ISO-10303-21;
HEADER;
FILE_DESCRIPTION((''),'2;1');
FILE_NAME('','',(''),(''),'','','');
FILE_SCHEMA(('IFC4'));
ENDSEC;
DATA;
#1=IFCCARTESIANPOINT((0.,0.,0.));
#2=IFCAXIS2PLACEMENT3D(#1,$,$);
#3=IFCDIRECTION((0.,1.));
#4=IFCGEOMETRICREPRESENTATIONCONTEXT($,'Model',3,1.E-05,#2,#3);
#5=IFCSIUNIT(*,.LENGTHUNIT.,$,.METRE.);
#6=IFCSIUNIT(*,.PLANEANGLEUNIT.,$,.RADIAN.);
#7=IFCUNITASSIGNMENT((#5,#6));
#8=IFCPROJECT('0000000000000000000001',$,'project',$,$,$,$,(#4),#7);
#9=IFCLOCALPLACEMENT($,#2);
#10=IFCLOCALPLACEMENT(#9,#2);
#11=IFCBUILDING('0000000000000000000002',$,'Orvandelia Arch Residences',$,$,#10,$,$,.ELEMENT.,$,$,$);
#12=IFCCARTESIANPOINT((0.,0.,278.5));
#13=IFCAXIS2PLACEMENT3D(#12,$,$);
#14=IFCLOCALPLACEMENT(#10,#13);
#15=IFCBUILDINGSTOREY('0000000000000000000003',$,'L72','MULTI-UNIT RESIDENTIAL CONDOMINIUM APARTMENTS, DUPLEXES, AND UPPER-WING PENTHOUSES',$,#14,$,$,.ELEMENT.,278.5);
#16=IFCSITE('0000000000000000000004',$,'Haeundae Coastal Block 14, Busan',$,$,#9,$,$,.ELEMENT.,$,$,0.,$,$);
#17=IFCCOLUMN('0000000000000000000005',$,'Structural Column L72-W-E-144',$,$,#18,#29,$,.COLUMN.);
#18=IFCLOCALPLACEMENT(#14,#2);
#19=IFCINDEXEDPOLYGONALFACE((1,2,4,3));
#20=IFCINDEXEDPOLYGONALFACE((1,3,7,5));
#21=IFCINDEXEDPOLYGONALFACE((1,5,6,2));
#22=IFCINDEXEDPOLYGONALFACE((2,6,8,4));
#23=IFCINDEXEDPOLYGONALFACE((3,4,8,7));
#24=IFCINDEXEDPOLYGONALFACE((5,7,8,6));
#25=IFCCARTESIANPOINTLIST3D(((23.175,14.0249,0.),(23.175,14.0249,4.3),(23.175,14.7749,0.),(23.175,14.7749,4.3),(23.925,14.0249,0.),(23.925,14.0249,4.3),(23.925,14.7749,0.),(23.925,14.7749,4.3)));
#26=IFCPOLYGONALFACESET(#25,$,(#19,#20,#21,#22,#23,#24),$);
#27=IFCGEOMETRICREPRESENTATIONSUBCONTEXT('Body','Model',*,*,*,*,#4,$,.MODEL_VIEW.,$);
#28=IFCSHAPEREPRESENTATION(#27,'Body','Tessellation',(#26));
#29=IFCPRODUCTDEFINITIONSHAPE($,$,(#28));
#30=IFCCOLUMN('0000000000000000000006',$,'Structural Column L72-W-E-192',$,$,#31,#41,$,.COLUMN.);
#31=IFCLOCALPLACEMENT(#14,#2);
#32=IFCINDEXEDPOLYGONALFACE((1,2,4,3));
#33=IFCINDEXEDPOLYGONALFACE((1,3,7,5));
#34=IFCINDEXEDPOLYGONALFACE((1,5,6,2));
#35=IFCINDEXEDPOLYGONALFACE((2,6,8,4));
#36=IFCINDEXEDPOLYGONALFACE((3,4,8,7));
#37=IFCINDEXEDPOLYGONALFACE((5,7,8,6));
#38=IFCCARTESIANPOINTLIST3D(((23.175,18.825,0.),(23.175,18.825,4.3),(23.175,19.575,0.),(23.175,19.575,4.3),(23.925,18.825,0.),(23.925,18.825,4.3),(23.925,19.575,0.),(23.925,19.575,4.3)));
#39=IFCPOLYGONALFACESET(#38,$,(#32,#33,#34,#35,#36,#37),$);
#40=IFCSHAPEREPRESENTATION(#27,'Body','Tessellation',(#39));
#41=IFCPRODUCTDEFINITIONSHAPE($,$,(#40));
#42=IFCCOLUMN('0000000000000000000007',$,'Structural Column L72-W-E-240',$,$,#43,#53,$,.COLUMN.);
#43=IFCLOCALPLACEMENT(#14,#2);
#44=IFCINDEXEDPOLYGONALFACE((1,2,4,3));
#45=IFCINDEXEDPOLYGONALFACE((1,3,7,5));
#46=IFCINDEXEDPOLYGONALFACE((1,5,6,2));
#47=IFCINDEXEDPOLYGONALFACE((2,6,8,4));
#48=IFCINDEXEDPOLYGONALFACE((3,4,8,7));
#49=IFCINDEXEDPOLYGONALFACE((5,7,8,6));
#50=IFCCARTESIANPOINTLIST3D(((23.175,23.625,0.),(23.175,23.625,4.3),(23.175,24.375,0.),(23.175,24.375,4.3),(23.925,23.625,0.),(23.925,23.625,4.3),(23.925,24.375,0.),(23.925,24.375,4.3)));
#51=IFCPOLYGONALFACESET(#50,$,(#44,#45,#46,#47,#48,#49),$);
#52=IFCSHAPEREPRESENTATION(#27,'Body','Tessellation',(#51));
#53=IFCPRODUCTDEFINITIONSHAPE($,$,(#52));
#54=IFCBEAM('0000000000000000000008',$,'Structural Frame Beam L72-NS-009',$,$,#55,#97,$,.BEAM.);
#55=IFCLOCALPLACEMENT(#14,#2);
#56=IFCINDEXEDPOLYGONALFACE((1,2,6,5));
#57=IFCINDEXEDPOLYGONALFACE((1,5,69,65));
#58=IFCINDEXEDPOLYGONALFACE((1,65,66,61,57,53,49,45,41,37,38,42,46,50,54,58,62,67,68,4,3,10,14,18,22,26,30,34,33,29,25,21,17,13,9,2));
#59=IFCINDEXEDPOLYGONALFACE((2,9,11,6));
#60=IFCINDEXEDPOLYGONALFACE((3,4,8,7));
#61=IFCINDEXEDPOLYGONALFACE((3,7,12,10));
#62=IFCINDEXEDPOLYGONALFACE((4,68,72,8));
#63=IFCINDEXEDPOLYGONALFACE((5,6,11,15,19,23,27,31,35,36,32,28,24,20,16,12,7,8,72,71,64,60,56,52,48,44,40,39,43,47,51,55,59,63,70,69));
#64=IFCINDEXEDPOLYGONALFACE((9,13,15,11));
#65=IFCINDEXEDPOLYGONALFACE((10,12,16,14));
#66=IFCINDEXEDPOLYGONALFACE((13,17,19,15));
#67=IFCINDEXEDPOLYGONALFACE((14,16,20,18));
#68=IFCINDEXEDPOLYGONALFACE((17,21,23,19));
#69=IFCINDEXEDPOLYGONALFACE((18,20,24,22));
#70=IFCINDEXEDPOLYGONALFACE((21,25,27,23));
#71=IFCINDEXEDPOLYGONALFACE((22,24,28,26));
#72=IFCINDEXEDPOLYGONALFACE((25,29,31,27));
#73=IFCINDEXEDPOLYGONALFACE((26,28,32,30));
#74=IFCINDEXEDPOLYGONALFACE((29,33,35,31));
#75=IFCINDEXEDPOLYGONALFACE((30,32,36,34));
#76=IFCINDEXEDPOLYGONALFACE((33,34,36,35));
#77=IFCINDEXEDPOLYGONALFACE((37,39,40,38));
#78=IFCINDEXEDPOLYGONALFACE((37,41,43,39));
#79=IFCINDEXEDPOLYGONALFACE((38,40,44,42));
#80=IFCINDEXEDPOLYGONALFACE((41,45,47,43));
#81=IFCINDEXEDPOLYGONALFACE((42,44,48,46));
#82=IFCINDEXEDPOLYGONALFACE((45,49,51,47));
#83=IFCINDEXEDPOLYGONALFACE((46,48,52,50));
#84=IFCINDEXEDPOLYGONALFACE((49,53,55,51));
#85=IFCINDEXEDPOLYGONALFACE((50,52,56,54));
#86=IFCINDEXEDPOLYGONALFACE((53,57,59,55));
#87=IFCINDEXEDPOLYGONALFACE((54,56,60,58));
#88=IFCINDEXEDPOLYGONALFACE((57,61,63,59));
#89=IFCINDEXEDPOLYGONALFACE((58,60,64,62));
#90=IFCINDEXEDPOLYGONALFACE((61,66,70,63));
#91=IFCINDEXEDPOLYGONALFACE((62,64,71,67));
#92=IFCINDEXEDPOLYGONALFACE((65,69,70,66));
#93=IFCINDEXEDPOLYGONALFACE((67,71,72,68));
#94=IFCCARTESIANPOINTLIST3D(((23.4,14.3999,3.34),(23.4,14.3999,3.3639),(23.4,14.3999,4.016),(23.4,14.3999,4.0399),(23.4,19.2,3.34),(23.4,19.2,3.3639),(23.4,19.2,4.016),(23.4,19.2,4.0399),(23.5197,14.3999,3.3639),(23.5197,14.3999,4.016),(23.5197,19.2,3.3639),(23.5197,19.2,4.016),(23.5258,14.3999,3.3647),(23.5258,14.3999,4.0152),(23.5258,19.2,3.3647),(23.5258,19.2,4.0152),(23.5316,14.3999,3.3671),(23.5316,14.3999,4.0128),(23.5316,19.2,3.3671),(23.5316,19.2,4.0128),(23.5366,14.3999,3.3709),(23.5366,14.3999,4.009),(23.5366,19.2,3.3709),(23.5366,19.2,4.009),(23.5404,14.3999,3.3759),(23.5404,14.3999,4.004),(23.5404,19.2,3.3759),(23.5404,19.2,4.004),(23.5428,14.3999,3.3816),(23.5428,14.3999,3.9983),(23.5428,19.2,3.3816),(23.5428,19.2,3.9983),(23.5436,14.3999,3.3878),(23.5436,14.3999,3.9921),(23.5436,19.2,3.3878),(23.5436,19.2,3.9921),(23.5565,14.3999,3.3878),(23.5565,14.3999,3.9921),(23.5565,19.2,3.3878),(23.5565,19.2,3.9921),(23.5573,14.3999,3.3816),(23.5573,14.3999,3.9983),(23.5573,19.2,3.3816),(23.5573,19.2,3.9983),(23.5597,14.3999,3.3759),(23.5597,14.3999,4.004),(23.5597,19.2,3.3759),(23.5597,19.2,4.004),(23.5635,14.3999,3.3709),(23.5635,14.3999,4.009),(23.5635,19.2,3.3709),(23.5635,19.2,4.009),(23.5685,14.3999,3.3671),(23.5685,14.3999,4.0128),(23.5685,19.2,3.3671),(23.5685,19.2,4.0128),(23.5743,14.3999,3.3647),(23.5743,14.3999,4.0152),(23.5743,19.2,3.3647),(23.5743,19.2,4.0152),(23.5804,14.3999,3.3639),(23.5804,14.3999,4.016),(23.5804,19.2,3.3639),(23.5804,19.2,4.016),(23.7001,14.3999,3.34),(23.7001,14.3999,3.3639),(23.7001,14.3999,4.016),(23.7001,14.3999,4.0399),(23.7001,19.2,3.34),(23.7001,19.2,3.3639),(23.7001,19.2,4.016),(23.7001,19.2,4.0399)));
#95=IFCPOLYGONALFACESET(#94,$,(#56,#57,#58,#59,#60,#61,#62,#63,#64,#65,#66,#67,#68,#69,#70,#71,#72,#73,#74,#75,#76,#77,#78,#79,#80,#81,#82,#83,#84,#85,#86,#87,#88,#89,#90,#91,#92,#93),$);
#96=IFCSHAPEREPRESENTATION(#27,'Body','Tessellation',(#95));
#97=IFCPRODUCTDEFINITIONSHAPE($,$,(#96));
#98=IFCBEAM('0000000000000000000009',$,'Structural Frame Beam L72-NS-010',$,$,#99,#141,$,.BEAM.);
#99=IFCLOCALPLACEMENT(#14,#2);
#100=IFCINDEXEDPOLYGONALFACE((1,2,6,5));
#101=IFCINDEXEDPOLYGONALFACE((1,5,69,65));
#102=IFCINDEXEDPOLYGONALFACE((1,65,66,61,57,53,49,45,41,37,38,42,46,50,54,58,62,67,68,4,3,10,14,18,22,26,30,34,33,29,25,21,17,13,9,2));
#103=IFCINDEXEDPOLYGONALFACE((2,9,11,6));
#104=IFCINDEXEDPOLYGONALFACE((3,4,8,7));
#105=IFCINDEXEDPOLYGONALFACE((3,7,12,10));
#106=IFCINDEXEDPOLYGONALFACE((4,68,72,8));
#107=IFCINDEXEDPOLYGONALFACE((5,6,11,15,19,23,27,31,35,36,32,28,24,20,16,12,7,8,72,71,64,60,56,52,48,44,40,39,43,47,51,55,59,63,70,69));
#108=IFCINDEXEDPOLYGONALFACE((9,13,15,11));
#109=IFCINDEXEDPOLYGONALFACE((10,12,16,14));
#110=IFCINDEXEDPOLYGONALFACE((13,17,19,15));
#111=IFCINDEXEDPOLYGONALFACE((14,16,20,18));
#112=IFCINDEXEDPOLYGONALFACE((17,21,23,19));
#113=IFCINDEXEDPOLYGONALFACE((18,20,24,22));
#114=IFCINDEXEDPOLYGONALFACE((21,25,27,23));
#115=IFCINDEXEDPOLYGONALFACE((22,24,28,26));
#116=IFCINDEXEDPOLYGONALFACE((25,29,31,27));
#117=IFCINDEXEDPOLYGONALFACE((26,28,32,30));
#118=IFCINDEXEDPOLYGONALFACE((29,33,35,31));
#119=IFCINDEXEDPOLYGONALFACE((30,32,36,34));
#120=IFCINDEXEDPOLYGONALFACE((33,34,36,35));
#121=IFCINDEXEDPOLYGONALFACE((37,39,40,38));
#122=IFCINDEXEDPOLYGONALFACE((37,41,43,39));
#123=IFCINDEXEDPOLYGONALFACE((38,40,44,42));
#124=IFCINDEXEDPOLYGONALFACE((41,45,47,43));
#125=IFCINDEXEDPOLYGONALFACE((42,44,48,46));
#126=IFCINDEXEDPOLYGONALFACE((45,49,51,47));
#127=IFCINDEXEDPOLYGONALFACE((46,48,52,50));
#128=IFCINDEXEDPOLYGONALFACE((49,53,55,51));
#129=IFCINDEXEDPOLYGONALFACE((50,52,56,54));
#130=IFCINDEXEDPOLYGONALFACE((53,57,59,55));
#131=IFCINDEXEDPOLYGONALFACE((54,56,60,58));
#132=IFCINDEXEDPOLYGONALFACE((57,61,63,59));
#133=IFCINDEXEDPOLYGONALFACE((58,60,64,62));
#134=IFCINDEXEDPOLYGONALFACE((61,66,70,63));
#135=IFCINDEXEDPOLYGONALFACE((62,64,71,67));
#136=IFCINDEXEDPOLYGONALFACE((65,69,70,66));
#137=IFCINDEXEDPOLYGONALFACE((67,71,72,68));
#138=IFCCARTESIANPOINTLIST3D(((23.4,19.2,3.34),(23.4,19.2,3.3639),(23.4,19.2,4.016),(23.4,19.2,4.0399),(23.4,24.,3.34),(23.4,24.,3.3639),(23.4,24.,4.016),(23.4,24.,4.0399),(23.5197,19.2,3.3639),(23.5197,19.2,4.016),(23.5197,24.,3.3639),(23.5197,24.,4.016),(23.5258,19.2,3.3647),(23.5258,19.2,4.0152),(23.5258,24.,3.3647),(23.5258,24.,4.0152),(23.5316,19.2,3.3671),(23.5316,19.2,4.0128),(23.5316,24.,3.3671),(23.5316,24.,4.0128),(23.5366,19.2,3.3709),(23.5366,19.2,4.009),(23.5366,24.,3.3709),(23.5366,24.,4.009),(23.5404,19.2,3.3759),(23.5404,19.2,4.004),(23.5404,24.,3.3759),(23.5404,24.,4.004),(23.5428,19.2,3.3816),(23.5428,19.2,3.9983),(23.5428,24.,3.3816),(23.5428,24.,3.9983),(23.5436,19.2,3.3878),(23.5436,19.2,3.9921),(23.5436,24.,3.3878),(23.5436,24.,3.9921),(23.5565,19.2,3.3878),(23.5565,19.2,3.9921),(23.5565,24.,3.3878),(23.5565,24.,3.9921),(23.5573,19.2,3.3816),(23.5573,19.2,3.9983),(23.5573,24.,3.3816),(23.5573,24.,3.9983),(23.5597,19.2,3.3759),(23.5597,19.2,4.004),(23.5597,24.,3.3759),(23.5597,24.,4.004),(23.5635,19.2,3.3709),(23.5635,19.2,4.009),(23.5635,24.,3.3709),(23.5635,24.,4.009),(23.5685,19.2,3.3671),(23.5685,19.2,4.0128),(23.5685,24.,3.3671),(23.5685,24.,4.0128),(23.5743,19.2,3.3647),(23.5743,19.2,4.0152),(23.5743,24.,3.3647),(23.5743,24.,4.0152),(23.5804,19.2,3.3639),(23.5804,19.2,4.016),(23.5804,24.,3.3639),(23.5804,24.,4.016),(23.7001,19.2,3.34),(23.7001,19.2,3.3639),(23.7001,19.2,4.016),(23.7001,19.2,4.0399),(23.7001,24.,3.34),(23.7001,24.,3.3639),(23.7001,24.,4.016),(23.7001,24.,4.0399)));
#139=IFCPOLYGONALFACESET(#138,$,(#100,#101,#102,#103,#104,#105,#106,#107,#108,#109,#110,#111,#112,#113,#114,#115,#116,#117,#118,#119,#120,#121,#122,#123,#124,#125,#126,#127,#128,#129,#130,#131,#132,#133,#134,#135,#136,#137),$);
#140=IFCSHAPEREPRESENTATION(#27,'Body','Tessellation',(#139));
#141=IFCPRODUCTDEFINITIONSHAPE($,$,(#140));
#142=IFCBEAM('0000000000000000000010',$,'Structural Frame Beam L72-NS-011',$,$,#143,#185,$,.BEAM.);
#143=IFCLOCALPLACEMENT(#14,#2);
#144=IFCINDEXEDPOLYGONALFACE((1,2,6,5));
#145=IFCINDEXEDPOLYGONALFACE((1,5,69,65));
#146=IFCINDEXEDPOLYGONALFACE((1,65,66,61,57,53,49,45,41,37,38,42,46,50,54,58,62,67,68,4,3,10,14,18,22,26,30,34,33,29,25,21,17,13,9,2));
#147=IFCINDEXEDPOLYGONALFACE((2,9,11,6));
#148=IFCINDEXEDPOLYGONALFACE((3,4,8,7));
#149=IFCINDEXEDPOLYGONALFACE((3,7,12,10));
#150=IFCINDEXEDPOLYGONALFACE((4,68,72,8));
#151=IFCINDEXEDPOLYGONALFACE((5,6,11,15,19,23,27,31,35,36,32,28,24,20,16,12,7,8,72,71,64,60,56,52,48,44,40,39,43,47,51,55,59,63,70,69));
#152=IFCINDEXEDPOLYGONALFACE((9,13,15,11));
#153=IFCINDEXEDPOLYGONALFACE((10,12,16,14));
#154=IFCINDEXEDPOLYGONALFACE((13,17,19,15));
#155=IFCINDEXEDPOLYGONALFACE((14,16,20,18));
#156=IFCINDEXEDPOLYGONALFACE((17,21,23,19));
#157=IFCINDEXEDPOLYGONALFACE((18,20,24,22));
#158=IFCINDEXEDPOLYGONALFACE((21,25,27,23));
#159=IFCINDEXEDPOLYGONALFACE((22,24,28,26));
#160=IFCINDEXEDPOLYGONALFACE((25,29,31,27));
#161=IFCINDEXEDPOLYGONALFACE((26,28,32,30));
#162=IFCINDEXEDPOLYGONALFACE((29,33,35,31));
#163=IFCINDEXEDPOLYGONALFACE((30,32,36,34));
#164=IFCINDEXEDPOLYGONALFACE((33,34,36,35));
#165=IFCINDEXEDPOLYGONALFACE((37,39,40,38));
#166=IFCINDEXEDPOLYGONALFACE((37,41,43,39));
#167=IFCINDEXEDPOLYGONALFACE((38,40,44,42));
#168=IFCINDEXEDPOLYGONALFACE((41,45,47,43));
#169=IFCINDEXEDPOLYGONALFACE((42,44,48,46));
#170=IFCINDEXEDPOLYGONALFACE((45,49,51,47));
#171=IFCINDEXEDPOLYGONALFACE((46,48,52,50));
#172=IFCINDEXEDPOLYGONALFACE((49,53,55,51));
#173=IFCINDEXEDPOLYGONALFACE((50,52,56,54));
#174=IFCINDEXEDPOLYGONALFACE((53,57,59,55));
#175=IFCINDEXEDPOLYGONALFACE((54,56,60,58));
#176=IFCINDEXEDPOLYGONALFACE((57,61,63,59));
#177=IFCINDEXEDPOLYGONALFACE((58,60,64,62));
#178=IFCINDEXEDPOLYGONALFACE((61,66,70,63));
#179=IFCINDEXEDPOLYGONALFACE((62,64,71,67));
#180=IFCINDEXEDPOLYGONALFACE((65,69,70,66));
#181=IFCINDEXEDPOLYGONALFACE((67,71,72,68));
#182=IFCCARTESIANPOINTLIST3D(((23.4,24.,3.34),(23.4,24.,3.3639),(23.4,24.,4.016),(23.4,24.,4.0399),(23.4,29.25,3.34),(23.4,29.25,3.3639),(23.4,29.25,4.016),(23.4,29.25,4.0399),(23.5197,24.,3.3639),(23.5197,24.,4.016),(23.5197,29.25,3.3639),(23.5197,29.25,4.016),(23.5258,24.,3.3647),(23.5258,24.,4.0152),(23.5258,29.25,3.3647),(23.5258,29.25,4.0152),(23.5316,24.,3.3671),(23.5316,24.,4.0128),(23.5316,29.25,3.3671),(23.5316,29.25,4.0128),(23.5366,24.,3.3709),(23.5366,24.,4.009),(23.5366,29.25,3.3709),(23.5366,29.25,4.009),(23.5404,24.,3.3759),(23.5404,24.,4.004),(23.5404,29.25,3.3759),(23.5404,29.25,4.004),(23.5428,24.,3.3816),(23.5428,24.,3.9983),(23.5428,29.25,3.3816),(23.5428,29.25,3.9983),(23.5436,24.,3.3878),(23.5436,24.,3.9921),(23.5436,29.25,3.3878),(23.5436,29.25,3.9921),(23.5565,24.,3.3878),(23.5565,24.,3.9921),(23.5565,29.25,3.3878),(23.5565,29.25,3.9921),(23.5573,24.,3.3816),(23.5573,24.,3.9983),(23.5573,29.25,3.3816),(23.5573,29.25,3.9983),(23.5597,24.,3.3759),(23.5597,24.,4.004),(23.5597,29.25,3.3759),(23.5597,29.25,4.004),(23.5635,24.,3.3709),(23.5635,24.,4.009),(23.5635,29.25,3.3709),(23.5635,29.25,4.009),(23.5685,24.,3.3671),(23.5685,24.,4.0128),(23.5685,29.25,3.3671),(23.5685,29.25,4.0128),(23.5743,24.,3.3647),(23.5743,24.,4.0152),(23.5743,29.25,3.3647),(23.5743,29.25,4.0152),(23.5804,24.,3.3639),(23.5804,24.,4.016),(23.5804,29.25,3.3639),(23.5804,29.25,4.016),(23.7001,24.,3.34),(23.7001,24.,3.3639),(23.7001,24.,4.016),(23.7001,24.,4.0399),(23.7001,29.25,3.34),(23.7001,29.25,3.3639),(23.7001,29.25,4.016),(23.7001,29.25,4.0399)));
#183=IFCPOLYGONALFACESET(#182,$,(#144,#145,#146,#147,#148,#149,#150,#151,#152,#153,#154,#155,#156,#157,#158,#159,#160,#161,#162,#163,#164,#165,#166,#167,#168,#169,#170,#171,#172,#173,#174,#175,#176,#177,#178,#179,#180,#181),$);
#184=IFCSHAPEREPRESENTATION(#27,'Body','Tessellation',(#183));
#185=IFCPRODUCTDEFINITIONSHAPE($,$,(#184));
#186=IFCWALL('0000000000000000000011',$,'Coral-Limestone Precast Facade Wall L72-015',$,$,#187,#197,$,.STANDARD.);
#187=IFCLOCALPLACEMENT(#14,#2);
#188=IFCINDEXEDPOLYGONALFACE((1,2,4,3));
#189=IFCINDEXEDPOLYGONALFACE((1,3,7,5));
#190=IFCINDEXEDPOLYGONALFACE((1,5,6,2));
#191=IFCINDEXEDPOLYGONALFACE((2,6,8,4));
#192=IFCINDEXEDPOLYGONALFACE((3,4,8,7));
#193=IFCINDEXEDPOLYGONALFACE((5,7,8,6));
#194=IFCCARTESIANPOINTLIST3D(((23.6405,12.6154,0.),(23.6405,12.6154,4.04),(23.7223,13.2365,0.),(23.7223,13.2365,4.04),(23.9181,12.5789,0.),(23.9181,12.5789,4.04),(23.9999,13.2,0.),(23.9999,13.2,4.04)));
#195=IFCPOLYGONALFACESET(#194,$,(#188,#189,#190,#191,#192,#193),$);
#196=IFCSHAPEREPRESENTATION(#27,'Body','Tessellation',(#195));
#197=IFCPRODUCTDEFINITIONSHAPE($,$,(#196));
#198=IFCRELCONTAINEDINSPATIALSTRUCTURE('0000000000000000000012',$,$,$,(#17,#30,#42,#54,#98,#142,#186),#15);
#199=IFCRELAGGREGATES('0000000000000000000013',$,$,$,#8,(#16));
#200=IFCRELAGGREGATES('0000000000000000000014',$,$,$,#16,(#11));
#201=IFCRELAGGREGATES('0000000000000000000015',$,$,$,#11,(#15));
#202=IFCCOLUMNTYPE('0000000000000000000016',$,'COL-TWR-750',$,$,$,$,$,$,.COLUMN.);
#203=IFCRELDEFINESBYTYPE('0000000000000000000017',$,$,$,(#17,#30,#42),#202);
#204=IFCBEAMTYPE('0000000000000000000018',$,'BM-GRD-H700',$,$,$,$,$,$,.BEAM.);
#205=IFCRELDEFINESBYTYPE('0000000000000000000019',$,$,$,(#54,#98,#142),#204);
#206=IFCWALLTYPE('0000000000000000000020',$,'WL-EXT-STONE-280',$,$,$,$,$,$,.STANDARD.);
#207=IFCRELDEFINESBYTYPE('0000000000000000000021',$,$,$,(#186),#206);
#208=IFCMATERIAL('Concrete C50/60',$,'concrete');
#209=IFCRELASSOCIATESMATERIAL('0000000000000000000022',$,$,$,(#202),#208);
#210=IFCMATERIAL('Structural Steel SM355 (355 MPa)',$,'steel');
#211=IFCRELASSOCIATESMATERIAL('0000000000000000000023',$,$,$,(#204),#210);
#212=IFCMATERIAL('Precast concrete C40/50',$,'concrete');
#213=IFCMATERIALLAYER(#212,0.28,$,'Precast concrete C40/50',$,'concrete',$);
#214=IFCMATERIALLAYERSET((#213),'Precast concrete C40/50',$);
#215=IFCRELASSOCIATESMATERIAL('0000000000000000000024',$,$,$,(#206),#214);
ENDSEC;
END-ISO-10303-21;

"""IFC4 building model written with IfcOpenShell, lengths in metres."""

from ifc_helpers import new_model, si_unit, direction, frame, frame_2d, origin, origin_2d, place, context, subcontext, project, spatial, rectangle, i_section, extrude, material, layer, layer_set, material_profile, profile_set, type_object, element, save


model = new_model("IFC4")

# Units and contexts
model_context = context("Model", 3, precision=1e-05, world=origin(), true_north=direction((0.0, 1.0)))
body_context = subcontext(model_context, "Body", "Model", "MODEL_VIEW")
ifc_project = project(units=[si_unit("LENGTHUNIT", "METRE"), si_unit("PLANEANGLEUNIT", "RADIAN")], contexts=[model_context])

# Site, building, storey
site_placement = place(None, origin())
site = spatial("IfcSite", under=ifc_project, at=site_placement, Name="Haeundae Coastal Block 14, Busan", CompositionType="ELEMENT", RefElevation=0.0)
building_placement = place(site_placement, origin())
building = spatial("IfcBuilding", under=site, at=building_placement, Name="Orvandelia Arch Residences", CompositionType="ELEMENT")
storey_placement = place(building_placement, frame((0.0, 0.0, 278.5)))
storey = spatial("IfcBuildingStorey", under=building, at=storey_placement, Name="L72", Description="MULTI-UNIT RESIDENTIAL CONDOMINIUM APARTMENTS, DUPLEXES, AND UPPER-WING PENTHOUSES", CompositionType="ELEMENT", Elevation=278.5)

# Columns
ifc_material_1 = material(Name="Concrete C50/60", Category="concrete")
ifc_material_profile_1 = material_profile(ifc_material_1, rectangle(XDim=0.75, YDim=0.75, at=origin_2d()), Name="Concrete C50/60", Category="concrete")
ifc_profile_set_1 = profile_set([ifc_material_profile_1], Name="Concrete C50/60")
column_type = type_object("IfcColumnType", Name="COL-TWR-750", PredefinedType="COLUMN", material=ifc_profile_set_1)
for number, where, z_axis, x_axis, name in (
    (1, (23.55, 14.3999, 0.0), (0.0, 0.0, 1.0), (1.0, 0.0, 0.0), "Structural Column L72-W-E-144"),
    (2, (23.55, 19.2, 0.0), (0.0, 0.0, 1.0), (1.0, 0.0, 0.0), "Structural Column L72-W-E-192"),
    (3, (23.55, 24.0, 0.0), (0.0, 0.0, 1.0), (1.0, 0.0, 0.0), "Structural Column L72-W-E-240"),
):
    element("IfcColumn", number, at=place(storey_placement, frame(where, z_axis=z_axis, x_axis=x_axis)), inside=storey, type_object=column_type, Name=name, PredefinedType="COLUMN", context=body_context, shape_type="SweptSolid", body=[
        extrude(rectangle(XDim=0.75, YDim=0.75, at=origin_2d()), origin(), (0.0, 0.0, 1.0), 4.3),
    ])

# Beams
ifc_material_2 = material(Name="Structural Steel SM355 (355 MPa)", Category="steel")
ifc_material_profile_2 = material_profile(ifc_material_2, i_section(OverallWidth=0.3, OverallDepth=0.7, WebThickness=0.0129, FlangeThickness=0.0239, FilletRadius=0.0239, at=origin_2d()), Name="Structural Steel SM355 (355 MPa)", Category="steel")
ifc_profile_set_2 = profile_set([ifc_material_profile_2], Name="Structural Steel SM355 (355 MPa)")
beam_type = type_object("IfcBeamType", Name="BM-GRD-H700", PredefinedType="BEAM", material=ifc_profile_set_2)
for number, where, z_axis, x_axis, name in (
    (4, (23.55, 14.3999, 3.6899), (0.0, 1.0, 0.0), (-1.0, 0.0, 0.0), "Structural Frame Beam L72-NS-009"),
    (5, (23.55, 19.2, 3.6899), (0.0, 1.0, 0.0), (-1.0, 0.0, 0.0), "Structural Frame Beam L72-NS-010"),
):
    element("IfcBeam", number, at=place(storey_placement, frame(where, z_axis=z_axis, x_axis=x_axis)), inside=storey, type_object=beam_type, Name=name, PredefinedType="BEAM", context=body_context, shape_type="SweptSolid", body=[
        extrude(i_section(OverallWidth=0.3, OverallDepth=0.7, WebThickness=0.0129, FlangeThickness=0.0239, FilletRadius=0.0239, at=origin_2d()), origin(), (0.0, 0.0, 1.0), 4.8),
    ])
beam_placement = place(storey_placement, frame((23.55, 24.0, 3.6899), z_axis=(0.0, 1.0, 0.0), x_axis=(-1.0, 0.0, 0.0)))
element("IfcBeam", 6, at=beam_placement, inside=storey, type_object=beam_type, Name="Structural Frame Beam L72-NS-011", PredefinedType="BEAM", context=body_context, shape_type="SweptSolid", body=[
    extrude(i_section(OverallWidth=0.3, OverallDepth=0.7, WebThickness=0.0129, FlangeThickness=0.0239, FilletRadius=0.0239, at=origin_2d()), origin(), (0.0, 0.0, 1.0), 5.25),
])

# Wall
ifc_material_3 = material(Name="Precast concrete C40/50", Category="concrete")
ifc_layer_1 = layer(ifc_material_3, 0.28, Name="Precast concrete C40/50", Category="concrete")
ifc_layer_set_1 = layer_set([ifc_layer_1], Name="Precast concrete C40/50")
wall_type_1 = type_object("IfcWallType", Name="WL-EXT-STONE-280", PredefinedType="STANDARD", material=ifc_layer_set_1)
wall_1_placement = place(storey_placement, frame((23.8611, 13.2183, 0.0), z_axis=(0.0, 0.0, 1.0), x_axis=(-0.130555, -0.991441, 0.0)))
element("IfcWall", 7, at=wall_1_placement, inside=storey, type_object=wall_type_1, Name="Coral-Limestone Precast Facade Wall L72-015", PredefinedType="STANDARD", context=body_context, shape_type="SweptSolid", body=[
    extrude(rectangle(XDim=0.6265, YDim=0.28, at=frame_2d((0.3132, 0.0))), origin(), (0.0, 0.0, 1.0), 4.04),
])

save(model, "model.ifc")
